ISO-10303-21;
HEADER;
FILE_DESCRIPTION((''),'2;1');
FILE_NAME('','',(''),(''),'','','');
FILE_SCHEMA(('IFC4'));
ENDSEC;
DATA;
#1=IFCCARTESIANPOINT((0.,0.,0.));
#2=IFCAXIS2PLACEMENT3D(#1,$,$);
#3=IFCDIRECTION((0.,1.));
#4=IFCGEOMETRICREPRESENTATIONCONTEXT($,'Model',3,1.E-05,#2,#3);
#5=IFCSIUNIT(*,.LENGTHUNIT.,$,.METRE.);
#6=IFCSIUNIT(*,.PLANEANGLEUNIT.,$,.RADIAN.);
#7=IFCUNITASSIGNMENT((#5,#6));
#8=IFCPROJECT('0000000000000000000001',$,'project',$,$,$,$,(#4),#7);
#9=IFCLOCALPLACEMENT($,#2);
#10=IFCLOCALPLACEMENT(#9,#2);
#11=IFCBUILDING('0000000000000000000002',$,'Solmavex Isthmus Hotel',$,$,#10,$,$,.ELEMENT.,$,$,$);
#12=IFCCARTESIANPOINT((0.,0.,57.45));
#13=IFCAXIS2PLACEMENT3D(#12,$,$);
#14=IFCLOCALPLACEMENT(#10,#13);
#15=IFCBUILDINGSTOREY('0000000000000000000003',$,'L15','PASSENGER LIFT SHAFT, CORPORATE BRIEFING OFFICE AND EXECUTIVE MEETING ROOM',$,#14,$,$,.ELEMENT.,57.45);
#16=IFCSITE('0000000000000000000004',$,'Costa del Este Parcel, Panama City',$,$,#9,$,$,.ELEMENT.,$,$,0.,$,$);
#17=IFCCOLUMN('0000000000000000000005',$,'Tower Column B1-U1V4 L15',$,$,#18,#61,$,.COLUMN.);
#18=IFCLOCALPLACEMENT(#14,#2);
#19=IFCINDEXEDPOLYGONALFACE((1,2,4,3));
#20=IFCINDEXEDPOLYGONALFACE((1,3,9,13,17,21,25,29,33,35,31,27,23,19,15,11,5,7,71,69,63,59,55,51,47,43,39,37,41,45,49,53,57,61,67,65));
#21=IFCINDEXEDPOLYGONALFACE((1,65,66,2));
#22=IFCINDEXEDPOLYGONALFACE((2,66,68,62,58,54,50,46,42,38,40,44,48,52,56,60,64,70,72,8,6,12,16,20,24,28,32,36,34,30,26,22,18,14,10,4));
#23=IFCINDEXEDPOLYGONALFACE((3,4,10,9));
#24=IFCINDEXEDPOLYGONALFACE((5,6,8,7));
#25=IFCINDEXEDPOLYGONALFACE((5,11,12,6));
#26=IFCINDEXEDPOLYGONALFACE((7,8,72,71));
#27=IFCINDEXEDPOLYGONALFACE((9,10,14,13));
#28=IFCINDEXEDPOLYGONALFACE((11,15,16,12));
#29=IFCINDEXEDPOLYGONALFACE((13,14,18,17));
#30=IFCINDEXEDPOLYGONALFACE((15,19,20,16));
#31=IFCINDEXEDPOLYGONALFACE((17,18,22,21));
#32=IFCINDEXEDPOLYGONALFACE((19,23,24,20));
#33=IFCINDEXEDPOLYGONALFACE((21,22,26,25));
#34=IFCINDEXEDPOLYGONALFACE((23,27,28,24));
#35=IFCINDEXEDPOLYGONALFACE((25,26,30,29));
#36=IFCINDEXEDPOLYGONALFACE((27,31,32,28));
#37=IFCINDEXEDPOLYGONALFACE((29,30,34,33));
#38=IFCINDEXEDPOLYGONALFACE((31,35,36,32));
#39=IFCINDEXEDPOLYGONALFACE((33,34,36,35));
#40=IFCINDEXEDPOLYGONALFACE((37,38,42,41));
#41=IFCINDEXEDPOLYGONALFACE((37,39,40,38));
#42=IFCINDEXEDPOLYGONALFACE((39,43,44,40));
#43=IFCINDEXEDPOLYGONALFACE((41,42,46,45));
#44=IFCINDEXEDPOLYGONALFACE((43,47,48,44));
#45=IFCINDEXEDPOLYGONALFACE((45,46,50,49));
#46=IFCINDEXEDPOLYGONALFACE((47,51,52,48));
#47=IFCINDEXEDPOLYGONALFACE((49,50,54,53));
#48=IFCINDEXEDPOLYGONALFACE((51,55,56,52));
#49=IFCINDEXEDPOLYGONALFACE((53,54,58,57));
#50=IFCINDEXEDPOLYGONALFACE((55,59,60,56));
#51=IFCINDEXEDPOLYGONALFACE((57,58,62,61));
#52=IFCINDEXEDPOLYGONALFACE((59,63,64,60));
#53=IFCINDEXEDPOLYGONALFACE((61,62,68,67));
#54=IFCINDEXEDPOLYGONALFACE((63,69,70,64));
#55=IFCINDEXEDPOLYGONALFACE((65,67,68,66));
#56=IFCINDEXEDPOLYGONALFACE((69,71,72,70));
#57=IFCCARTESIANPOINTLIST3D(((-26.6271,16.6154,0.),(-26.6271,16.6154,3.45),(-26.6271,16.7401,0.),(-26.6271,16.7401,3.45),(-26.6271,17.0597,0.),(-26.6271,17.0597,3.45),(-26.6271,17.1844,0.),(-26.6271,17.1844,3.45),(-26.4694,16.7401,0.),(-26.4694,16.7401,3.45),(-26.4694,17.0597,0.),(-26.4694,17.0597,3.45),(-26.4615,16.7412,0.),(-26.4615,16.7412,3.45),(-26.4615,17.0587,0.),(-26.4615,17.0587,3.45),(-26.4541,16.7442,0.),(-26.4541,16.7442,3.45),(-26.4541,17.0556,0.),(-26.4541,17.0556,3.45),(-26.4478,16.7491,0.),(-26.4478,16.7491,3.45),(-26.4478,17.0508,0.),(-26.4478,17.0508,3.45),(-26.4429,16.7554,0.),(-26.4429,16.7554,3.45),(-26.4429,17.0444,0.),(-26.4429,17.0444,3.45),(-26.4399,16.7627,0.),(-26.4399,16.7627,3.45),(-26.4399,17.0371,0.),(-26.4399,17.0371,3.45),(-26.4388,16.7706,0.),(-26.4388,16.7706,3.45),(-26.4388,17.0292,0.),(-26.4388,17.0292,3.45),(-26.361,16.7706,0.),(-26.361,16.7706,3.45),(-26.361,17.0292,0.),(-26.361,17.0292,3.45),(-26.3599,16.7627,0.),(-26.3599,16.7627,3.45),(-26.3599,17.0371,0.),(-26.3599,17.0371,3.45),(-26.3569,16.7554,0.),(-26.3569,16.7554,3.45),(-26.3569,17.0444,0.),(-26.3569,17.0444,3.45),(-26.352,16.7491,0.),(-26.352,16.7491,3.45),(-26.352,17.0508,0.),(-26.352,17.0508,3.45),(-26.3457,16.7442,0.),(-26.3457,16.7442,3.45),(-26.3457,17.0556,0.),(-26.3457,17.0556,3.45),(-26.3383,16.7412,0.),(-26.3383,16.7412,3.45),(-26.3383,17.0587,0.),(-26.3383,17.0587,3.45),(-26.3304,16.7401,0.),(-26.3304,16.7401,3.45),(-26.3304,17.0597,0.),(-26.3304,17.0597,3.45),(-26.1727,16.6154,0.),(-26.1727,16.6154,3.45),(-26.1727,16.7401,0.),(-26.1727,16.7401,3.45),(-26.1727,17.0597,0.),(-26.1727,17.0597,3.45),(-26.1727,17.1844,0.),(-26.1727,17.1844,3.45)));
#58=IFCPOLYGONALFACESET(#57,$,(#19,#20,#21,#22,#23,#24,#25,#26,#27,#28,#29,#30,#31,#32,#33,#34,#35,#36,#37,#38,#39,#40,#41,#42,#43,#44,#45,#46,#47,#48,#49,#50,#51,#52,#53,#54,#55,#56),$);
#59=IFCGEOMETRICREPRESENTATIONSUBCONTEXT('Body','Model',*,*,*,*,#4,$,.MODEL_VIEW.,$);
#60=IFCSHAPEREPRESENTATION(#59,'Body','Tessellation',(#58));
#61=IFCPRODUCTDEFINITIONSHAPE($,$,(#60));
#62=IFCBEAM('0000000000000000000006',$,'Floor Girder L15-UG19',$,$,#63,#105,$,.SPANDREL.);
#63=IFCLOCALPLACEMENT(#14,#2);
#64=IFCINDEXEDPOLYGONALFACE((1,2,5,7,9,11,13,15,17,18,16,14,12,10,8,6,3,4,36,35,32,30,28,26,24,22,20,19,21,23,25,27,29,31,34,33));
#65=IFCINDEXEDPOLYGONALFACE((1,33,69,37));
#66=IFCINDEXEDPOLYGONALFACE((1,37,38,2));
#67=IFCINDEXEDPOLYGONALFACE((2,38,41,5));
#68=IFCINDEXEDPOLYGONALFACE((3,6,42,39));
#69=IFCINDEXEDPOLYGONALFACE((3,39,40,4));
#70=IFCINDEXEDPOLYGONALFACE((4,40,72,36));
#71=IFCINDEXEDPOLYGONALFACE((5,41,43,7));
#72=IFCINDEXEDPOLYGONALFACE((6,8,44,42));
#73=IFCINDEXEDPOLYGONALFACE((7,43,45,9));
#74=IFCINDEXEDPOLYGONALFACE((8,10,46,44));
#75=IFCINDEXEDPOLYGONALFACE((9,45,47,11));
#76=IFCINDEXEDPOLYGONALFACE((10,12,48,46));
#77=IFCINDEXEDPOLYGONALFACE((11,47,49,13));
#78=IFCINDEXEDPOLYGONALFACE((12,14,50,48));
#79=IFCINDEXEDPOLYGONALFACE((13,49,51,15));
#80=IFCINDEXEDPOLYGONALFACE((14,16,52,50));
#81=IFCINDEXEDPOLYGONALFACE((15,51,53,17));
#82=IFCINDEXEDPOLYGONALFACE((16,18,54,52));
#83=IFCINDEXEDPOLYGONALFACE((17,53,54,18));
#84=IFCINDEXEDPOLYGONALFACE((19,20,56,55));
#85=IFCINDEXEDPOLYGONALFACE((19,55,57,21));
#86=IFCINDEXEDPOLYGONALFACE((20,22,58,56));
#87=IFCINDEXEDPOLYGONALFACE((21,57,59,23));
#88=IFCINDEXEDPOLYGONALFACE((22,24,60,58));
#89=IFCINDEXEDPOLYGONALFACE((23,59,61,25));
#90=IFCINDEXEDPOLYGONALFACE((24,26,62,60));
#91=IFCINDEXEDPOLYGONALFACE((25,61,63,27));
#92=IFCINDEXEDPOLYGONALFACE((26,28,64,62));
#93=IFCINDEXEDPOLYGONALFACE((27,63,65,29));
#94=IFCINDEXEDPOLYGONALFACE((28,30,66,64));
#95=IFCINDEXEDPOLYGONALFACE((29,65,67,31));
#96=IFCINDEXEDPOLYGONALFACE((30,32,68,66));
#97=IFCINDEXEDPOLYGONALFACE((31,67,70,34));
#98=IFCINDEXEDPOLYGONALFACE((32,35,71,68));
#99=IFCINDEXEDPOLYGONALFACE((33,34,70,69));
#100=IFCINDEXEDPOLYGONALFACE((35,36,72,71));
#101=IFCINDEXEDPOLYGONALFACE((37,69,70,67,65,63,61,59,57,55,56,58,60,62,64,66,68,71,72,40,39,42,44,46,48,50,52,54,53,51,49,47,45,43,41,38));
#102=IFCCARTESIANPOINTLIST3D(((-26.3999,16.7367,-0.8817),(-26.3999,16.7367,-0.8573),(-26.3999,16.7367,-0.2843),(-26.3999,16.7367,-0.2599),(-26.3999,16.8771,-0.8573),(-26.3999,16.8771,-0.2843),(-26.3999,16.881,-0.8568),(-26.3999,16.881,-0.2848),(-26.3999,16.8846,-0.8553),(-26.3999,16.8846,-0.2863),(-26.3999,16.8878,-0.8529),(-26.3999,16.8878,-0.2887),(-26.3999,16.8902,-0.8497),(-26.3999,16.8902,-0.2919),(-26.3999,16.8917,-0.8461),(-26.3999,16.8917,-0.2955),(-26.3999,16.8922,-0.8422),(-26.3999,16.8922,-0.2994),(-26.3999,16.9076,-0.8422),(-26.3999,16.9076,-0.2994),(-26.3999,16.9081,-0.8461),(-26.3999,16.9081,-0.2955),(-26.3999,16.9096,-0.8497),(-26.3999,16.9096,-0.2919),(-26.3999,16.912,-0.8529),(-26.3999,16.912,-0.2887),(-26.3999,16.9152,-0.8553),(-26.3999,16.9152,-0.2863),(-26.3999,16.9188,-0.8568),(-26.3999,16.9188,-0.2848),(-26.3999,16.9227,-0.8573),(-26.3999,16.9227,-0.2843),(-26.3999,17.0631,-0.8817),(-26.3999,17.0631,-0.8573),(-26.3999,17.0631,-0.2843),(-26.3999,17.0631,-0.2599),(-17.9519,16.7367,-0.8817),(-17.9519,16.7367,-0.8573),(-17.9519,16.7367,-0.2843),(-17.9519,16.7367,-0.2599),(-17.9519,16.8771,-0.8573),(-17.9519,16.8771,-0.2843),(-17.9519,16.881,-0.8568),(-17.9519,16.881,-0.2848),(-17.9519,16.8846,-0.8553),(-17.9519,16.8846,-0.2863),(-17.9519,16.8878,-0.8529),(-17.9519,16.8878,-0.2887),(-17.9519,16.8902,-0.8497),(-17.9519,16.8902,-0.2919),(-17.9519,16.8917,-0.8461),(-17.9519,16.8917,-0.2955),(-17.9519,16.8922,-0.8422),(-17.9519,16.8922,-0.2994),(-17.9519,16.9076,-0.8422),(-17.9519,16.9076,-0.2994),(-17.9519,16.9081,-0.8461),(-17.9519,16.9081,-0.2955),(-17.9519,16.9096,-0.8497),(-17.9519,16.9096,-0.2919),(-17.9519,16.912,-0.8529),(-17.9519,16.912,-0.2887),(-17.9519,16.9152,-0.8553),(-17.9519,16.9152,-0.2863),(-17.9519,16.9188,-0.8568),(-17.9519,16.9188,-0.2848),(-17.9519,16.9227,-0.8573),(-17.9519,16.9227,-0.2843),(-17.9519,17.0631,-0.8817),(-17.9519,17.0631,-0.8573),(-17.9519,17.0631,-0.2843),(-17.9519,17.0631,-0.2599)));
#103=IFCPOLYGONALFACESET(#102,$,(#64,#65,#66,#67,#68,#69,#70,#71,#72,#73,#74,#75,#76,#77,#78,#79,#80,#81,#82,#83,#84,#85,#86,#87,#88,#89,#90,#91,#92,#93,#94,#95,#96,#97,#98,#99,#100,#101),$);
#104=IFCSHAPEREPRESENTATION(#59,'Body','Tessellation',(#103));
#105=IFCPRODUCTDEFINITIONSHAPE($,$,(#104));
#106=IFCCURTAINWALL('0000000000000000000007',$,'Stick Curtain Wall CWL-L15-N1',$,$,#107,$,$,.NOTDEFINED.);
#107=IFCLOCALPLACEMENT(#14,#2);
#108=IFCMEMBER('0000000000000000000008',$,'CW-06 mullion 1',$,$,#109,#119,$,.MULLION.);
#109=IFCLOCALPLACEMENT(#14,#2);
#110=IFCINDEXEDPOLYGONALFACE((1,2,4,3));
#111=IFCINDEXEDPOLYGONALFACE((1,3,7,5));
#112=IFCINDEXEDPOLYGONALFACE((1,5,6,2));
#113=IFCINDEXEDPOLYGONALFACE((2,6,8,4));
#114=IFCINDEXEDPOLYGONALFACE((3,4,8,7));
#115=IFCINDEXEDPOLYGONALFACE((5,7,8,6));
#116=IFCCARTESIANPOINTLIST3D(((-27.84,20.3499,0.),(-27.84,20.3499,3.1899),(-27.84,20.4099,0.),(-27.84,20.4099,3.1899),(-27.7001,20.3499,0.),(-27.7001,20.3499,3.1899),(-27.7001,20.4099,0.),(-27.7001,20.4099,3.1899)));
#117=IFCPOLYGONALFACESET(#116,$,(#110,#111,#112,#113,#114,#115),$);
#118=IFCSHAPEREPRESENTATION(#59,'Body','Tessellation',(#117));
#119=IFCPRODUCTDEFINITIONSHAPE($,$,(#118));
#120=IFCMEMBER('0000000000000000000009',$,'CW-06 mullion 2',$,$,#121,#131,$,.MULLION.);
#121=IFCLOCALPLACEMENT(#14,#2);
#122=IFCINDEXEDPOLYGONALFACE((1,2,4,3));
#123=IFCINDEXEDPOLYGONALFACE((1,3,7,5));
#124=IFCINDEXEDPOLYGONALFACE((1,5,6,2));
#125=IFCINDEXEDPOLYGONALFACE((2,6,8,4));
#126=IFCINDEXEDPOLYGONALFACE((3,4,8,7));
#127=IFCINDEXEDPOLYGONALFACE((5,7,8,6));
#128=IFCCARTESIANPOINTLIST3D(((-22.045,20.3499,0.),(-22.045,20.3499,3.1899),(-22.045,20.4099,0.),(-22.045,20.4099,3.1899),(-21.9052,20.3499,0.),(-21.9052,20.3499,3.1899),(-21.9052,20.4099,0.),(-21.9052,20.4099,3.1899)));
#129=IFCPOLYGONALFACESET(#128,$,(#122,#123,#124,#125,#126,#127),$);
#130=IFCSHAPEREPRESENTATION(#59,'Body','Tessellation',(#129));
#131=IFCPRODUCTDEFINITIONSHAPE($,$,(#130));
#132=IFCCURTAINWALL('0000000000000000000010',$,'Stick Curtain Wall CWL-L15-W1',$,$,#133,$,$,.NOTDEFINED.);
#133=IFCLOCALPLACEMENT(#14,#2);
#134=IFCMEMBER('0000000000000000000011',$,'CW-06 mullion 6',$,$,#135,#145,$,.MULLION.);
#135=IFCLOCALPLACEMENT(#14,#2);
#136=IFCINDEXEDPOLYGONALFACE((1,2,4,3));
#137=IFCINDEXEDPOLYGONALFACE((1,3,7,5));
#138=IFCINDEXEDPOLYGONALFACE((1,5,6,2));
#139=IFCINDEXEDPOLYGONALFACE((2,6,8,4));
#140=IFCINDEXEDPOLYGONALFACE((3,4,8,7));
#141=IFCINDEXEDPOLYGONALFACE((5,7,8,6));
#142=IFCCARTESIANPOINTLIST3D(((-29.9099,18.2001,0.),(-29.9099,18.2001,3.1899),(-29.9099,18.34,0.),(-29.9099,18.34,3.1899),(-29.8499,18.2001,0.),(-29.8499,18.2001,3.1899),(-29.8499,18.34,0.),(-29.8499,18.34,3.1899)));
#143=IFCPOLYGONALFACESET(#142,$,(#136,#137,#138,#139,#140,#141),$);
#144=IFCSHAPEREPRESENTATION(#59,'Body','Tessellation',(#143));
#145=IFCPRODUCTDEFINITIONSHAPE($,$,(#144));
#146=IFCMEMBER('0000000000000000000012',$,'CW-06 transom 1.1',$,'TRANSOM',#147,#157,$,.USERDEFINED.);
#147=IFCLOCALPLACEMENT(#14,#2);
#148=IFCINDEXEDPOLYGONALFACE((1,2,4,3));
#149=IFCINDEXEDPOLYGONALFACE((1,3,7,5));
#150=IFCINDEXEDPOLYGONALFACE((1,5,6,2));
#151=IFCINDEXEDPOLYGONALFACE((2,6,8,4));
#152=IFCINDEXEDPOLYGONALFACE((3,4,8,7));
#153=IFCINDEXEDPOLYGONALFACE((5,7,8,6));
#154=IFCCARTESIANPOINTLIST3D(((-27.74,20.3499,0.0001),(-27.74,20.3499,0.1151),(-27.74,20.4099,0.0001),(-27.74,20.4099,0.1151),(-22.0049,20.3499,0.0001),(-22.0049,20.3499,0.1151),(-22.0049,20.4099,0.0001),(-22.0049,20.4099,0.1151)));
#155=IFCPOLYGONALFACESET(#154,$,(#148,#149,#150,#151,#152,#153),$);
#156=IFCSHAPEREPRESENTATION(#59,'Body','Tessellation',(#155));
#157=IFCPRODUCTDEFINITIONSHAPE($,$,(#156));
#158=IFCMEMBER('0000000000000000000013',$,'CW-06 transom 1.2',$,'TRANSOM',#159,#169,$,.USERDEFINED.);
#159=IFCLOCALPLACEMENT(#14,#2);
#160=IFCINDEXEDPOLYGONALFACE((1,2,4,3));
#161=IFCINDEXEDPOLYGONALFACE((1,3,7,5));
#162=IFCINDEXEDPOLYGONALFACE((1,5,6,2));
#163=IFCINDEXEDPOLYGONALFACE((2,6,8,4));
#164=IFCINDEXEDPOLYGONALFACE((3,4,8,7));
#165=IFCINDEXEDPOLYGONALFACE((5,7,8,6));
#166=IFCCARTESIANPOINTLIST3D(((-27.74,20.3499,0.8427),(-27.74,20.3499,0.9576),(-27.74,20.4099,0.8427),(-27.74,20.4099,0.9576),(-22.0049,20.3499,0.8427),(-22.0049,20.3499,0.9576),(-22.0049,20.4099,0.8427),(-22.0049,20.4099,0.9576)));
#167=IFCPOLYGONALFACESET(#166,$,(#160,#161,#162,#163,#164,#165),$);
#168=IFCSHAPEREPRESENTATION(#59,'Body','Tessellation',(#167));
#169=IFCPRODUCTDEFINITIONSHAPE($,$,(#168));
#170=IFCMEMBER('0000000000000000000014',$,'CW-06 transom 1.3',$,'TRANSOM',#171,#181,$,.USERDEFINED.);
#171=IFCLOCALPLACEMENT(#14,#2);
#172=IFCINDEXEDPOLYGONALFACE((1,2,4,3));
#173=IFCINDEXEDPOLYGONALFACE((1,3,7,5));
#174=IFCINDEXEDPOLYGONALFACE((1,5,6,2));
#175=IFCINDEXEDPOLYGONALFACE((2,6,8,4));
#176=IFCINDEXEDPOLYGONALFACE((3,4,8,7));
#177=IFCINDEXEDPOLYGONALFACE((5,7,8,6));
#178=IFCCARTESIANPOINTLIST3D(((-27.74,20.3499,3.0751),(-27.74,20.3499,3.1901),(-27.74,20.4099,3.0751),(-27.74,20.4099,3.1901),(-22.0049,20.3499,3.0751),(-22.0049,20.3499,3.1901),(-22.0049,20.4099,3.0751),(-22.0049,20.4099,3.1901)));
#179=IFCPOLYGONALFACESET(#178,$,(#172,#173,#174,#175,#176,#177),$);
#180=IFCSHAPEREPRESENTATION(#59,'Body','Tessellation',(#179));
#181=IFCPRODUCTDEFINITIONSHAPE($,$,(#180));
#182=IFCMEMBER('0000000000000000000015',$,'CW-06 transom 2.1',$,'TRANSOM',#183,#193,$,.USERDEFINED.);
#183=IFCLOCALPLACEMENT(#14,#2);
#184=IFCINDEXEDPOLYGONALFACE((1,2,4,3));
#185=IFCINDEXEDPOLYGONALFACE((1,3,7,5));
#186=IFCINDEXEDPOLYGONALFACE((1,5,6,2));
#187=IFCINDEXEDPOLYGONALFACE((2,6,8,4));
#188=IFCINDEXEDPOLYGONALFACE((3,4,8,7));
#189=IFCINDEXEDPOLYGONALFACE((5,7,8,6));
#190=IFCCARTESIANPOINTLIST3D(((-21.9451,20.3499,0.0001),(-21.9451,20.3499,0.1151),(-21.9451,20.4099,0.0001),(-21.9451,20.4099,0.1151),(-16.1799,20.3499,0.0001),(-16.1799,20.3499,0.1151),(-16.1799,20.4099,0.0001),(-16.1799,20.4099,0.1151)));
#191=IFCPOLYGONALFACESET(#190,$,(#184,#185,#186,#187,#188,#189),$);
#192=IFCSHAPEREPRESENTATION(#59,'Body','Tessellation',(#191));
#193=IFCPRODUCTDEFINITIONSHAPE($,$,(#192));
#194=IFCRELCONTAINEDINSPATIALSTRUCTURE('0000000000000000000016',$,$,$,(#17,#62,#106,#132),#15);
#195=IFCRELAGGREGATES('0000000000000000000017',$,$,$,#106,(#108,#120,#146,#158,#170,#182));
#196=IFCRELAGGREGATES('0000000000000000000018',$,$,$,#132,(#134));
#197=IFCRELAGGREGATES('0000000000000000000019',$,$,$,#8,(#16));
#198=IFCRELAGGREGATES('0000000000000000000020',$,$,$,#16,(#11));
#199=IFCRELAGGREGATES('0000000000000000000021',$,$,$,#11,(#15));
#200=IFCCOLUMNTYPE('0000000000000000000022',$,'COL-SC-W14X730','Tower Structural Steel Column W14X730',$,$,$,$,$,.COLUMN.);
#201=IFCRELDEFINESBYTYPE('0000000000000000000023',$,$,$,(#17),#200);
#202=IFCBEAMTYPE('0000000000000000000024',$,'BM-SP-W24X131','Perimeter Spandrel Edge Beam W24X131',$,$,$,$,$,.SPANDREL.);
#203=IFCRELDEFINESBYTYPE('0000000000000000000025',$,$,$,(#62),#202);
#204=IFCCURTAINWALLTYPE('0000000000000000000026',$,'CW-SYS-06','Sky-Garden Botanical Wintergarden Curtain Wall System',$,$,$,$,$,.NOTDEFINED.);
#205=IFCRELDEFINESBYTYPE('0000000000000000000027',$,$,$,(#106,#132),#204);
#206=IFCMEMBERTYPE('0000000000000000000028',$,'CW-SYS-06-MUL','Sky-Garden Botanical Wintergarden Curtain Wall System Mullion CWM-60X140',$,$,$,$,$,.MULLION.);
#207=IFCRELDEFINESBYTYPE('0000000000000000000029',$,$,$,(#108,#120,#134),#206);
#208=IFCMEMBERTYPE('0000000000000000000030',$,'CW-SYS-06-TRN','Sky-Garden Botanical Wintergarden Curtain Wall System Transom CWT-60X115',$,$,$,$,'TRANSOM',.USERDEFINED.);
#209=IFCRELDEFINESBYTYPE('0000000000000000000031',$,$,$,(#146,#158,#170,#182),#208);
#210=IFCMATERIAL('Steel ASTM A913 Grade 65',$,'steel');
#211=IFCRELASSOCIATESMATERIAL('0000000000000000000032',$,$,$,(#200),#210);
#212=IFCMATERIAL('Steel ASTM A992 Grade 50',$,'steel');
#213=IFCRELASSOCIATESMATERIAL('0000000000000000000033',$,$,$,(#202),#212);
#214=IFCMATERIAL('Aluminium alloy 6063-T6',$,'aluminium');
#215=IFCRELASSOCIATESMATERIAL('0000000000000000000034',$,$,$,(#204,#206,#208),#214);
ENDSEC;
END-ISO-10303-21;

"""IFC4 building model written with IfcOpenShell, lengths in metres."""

from ifc_helpers import new_model, si_unit, direction, frame, origin, origin_2d, place, context, subcontext, project, spatial, rectangle, i_section, extrude, material, material_profile, profile_set, type_object, element, aggregate, save


model = new_model("IFC4")

# Units and contexts
model_context = context("Model", 3, precision=1e-05, world=origin(), true_north=direction((0.0, 1.0)))
body_context = subcontext(model_context, "Body", "Model", "MODEL_VIEW")
ifc_project = project(units=[si_unit("LENGTHUNIT", "METRE"), si_unit("PLANEANGLEUNIT", "RADIAN")], contexts=[model_context])

# Site, building, storey
site_placement = place(None, origin())
site = spatial("IfcSite", under=ifc_project, at=site_placement, Name="Costa del Este Parcel, Panama City", CompositionType="ELEMENT", RefElevation=0.0)
building_placement = place(site_placement, origin())
building = spatial("IfcBuilding", under=site, at=building_placement, Name="Solmavex Isthmus Hotel", CompositionType="ELEMENT")
storey_placement = place(building_placement, frame((0.0, 0.0, 57.45)))
storey = spatial("IfcBuildingStorey", under=building, at=storey_placement, Name="L15", Description="PASSENGER LIFT SHAFT, CORPORATE BRIEFING OFFICE AND EXECUTIVE MEETING ROOM", CompositionType="ELEMENT", Elevation=57.45)

# Column
ifc_material_1 = material(Name="Steel ASTM A913 Grade 65", Category="steel")
ifc_material_profile_1 = material_profile(ifc_material_1, i_section(OverallWidth=0.4543, OverallDepth=0.5691, WebThickness=0.0779, FlangeThickness=0.1248, FilletRadius=0.0305, at=origin_2d()), Name="W14X730")
ifc_profile_set_1 = profile_set([ifc_material_profile_1], Name="Steel ASTM A913 Grade 65")
column_type = type_object("IfcColumnType", Name="COL-SC-W14X730", Description="Tower Structural Steel Column W14X730", PredefinedType="COLUMN", material=ifc_profile_set_1)
column_placement = place(storey_placement, frame((-26.3999, 16.8999, 0.0), z_axis=(0.0, 0.0, 1.0), x_axis=(1.0, 0.0, 0.0)))
element("IfcColumn", 1, at=column_placement, inside=storey, type_object=column_type, Name="Tower Column B1-U1V4 L15", PredefinedType="COLUMN", context=body_context, shape_type="SweptSolid", body=[
    extrude(i_section(OverallWidth=0.4543, OverallDepth=0.5691, WebThickness=0.0779, FlangeThickness=0.1248, FilletRadius=0.0305, at=origin_2d()), origin(), (0.0, 0.0, 1.0), 3.45),
])

# Beam
ifc_material_2 = material(Name="Steel ASTM A992 Grade 50", Category="steel")
ifc_material_profile_2 = material_profile(ifc_material_2, i_section(OverallWidth=0.3264, OverallDepth=0.6218, WebThickness=0.0154, FlangeThickness=0.0244, FilletRadius=0.0151, at=origin_2d()), Name="W24X131")
ifc_profile_set_2 = profile_set([ifc_material_profile_2], Name="Steel ASTM A992 Grade 50")
beam_type = type_object("IfcBeamType", Name="BM-SP-W24X131", Description="Perimeter Spandrel Edge Beam W24X131", PredefinedType="SPANDREL", material=ifc_profile_set_2)
beam_placement = place(storey_placement, frame((-26.3999, 16.8999, -0.5708), z_axis=(1.0, 0.0, 0.0), x_axis=(0.0, 1.0, 0.0)))
element("IfcBeam", 2, at=beam_placement, inside=storey, type_object=beam_type, Name="Floor Girder L15-UG19", PredefinedType="SPANDREL", context=body_context, shape_type="SweptSolid", body=[
    extrude(i_section(OverallWidth=0.3264, OverallDepth=0.6218, WebThickness=0.0154, FlangeThickness=0.0244, FilletRadius=0.0151, at=origin_2d()), origin(), (0.0, 0.0, 1.0), 8.448),
])

# Curtain wall, members
ifc_material_3 = material(Name="Aluminium alloy 6063-T6", Category="aluminium")
curtain_wall_type = type_object("IfcCurtainWallType", Name="CW-SYS-06", Description="Sky-Garden Botanical Wintergarden Curtain Wall System", PredefinedType="NOTDEFINED", material=ifc_material_3)
curtain_wall_1_placement = place(storey_placement, origin())
curtain_wall_1 = element("IfcCurtainWall", 3, at=curtain_wall_1_placement, inside=storey, type_object=curtain_wall_type, Name="Stick Curtain Wall CWL-L15-N1", PredefinedType="NOTDEFINED")
ifc_material_profile_3 = material_profile(ifc_material_3, rectangle(XDim=0.0601, YDim=0.1399, at=origin_2d()), Name="CWM-60X140")
ifc_profile_set_3 = profile_set([ifc_material_profile_3], Name="Aluminium alloy 6063-T6")
member_type_1 = type_object("IfcMemberType", Name="CW-SYS-06-MUL", Description="Sky-Garden Botanical Wintergarden Curtain Wall System Mullion CWM-60X140", PredefinedType="MULLION", material=ifc_profile_set_3)
member_1_placement = place(storey_placement, frame((-27.77, 20.3799, 0.0), z_axis=(0.0, 0.0, 1.0), x_axis=(0.0, 1.0, 0.0)))
member_1 = element("IfcMember", 4, at=member_1_placement, type_object=member_type_1, Name="CW-06 mullion 1", PredefinedType="MULLION", context=body_context, shape_type="SweptSolid", body=[
    extrude(rectangle(XDim=0.0601, YDim=0.1399, at=origin_2d()), origin(), (0.0, 0.0, 1.0), 3.1899),
])
member_2_placement = place(storey_placement, frame((-21.9751, 20.3799, 0.0), z_axis=(0.0, 0.0, 1.0), x_axis=(0.0, 1.0, 0.0)))
member_2 = element("IfcMember", 5, at=member_2_placement, type_object=member_type_1, Name="CW-06 mullion 2", PredefinedType="MULLION", context=body_context, shape_type="SweptSolid", body=[
    extrude(rectangle(XDim=0.0601, YDim=0.1399, at=origin_2d()), origin(), (0.0, 0.0, 1.0), 3.1899),
])

# Curtain wall, member
curtain_wall_2_placement = place(storey_placement, origin())
curtain_wall_2 = element("IfcCurtainWall", 6, at=curtain_wall_2_placement, inside=storey, type_object=curtain_wall_type, Name="Stick Curtain Wall CWL-L15-W1", PredefinedType="NOTDEFINED")
member_3_placement = place(storey_placement, frame((-29.8799, 18.27, 0.0), z_axis=(0.0, 0.0, 1.0), x_axis=(-1.0, 0.0, 0.0)))
member_3 = element("IfcMember", 7, at=member_3_placement, type_object=member_type_1, Name="CW-06 mullion 6", PredefinedType="MULLION", context=body_context, shape_type="SweptSolid", body=[
    extrude(rectangle(XDim=0.0601, YDim=0.1399, at=origin_2d()), origin(), (0.0, 0.0, 1.0), 3.1899),
])

# Members
ifc_material_profile_4 = material_profile(ifc_material_3, rectangle(XDim=0.0601, YDim=0.115, at=origin_2d()), Name="CWT-60X115")
ifc_profile_set_4 = profile_set([ifc_material_profile_4], Name="Aluminium alloy 6063-T6")
member_type_2 = type_object("IfcMemberType", Name="CW-SYS-06-TRN", Description="Sky-Garden Botanical Wintergarden Curtain Wall System Transom CWT-60X115", ElementType="TRANSOM", PredefinedType="USERDEFINED", material=ifc_profile_set_4)
member_4_placement = place(storey_placement, frame((-27.74, 20.3799, 0.0576), z_axis=(1.0, 0.0, 0.0), x_axis=(0.0, 1.0, 0.0)))
member_4 = element("IfcMember", 8, at=member_4_placement, type_object=member_type_2, Name="CW-06 transom 1.1", ObjectType="TRANSOM", PredefinedType="USERDEFINED", context=body_context, shape_type="SweptSolid", body=[
    extrude(rectangle(XDim=0.0601, YDim=0.115, at=origin_2d()), origin(), (0.0, 0.0, 1.0), 5.7351),
])
member_5_placement = place(storey_placement, frame((-27.74, 20.3799, 0.9001), z_axis=(1.0, 0.0, 0.0), x_axis=(0.0, 1.0, 0.0)))
member_5 = element("IfcMember", 9, at=member_5_placement, type_object=member_type_2, Name="CW-06 transom 1.2", ObjectType="TRANSOM", PredefinedType="USERDEFINED", context=body_context, shape_type="SweptSolid", body=[
    extrude(rectangle(XDim=0.0601, YDim=0.115, at=origin_2d()), origin(), (0.0, 0.0, 1.0), 5.7351),
])
member_6_placement = place(storey_placement, frame((-27.74, 20.3799, 3.1326), z_axis=(1.0, 0.0, 0.0), x_axis=(0.0, 1.0, 0.0)))
member_6 = element("IfcMember", 10, at=member_6_placement, type_object=member_type_2, Name="CW-06 transom 1.3", ObjectType="TRANSOM", PredefinedType="USERDEFINED", context=body_context, shape_type="SweptSolid", body=[
    extrude(rectangle(XDim=0.0601, YDim=0.115, at=origin_2d()), origin(), (0.0, 0.0, 1.0), 5.7351),
])
member_7_placement = place(storey_placement, frame((-21.9451, 20.3799, 0.0576), z_axis=(1.0, 0.0, 0.0), x_axis=(0.0, 1.0, 0.0)))
member_7 = element("IfcMember", 11, at=member_7_placement, type_object=member_type_2, Name="CW-06 transom 2.1", ObjectType="TRANSOM", PredefinedType="USERDEFINED", context=body_context, shape_type="SweptSolid", body=[
    extrude(rectangle(XDim=0.0601, YDim=0.115, at=origin_2d()), origin(), (0.0, 0.0, 1.0), 5.7651),
])

aggregate(curtain_wall_1, [member_1, member_2, member_4, member_5, member_6, member_7])
aggregate(curtain_wall_2, [member_3])

save(model, "model.ifc")
